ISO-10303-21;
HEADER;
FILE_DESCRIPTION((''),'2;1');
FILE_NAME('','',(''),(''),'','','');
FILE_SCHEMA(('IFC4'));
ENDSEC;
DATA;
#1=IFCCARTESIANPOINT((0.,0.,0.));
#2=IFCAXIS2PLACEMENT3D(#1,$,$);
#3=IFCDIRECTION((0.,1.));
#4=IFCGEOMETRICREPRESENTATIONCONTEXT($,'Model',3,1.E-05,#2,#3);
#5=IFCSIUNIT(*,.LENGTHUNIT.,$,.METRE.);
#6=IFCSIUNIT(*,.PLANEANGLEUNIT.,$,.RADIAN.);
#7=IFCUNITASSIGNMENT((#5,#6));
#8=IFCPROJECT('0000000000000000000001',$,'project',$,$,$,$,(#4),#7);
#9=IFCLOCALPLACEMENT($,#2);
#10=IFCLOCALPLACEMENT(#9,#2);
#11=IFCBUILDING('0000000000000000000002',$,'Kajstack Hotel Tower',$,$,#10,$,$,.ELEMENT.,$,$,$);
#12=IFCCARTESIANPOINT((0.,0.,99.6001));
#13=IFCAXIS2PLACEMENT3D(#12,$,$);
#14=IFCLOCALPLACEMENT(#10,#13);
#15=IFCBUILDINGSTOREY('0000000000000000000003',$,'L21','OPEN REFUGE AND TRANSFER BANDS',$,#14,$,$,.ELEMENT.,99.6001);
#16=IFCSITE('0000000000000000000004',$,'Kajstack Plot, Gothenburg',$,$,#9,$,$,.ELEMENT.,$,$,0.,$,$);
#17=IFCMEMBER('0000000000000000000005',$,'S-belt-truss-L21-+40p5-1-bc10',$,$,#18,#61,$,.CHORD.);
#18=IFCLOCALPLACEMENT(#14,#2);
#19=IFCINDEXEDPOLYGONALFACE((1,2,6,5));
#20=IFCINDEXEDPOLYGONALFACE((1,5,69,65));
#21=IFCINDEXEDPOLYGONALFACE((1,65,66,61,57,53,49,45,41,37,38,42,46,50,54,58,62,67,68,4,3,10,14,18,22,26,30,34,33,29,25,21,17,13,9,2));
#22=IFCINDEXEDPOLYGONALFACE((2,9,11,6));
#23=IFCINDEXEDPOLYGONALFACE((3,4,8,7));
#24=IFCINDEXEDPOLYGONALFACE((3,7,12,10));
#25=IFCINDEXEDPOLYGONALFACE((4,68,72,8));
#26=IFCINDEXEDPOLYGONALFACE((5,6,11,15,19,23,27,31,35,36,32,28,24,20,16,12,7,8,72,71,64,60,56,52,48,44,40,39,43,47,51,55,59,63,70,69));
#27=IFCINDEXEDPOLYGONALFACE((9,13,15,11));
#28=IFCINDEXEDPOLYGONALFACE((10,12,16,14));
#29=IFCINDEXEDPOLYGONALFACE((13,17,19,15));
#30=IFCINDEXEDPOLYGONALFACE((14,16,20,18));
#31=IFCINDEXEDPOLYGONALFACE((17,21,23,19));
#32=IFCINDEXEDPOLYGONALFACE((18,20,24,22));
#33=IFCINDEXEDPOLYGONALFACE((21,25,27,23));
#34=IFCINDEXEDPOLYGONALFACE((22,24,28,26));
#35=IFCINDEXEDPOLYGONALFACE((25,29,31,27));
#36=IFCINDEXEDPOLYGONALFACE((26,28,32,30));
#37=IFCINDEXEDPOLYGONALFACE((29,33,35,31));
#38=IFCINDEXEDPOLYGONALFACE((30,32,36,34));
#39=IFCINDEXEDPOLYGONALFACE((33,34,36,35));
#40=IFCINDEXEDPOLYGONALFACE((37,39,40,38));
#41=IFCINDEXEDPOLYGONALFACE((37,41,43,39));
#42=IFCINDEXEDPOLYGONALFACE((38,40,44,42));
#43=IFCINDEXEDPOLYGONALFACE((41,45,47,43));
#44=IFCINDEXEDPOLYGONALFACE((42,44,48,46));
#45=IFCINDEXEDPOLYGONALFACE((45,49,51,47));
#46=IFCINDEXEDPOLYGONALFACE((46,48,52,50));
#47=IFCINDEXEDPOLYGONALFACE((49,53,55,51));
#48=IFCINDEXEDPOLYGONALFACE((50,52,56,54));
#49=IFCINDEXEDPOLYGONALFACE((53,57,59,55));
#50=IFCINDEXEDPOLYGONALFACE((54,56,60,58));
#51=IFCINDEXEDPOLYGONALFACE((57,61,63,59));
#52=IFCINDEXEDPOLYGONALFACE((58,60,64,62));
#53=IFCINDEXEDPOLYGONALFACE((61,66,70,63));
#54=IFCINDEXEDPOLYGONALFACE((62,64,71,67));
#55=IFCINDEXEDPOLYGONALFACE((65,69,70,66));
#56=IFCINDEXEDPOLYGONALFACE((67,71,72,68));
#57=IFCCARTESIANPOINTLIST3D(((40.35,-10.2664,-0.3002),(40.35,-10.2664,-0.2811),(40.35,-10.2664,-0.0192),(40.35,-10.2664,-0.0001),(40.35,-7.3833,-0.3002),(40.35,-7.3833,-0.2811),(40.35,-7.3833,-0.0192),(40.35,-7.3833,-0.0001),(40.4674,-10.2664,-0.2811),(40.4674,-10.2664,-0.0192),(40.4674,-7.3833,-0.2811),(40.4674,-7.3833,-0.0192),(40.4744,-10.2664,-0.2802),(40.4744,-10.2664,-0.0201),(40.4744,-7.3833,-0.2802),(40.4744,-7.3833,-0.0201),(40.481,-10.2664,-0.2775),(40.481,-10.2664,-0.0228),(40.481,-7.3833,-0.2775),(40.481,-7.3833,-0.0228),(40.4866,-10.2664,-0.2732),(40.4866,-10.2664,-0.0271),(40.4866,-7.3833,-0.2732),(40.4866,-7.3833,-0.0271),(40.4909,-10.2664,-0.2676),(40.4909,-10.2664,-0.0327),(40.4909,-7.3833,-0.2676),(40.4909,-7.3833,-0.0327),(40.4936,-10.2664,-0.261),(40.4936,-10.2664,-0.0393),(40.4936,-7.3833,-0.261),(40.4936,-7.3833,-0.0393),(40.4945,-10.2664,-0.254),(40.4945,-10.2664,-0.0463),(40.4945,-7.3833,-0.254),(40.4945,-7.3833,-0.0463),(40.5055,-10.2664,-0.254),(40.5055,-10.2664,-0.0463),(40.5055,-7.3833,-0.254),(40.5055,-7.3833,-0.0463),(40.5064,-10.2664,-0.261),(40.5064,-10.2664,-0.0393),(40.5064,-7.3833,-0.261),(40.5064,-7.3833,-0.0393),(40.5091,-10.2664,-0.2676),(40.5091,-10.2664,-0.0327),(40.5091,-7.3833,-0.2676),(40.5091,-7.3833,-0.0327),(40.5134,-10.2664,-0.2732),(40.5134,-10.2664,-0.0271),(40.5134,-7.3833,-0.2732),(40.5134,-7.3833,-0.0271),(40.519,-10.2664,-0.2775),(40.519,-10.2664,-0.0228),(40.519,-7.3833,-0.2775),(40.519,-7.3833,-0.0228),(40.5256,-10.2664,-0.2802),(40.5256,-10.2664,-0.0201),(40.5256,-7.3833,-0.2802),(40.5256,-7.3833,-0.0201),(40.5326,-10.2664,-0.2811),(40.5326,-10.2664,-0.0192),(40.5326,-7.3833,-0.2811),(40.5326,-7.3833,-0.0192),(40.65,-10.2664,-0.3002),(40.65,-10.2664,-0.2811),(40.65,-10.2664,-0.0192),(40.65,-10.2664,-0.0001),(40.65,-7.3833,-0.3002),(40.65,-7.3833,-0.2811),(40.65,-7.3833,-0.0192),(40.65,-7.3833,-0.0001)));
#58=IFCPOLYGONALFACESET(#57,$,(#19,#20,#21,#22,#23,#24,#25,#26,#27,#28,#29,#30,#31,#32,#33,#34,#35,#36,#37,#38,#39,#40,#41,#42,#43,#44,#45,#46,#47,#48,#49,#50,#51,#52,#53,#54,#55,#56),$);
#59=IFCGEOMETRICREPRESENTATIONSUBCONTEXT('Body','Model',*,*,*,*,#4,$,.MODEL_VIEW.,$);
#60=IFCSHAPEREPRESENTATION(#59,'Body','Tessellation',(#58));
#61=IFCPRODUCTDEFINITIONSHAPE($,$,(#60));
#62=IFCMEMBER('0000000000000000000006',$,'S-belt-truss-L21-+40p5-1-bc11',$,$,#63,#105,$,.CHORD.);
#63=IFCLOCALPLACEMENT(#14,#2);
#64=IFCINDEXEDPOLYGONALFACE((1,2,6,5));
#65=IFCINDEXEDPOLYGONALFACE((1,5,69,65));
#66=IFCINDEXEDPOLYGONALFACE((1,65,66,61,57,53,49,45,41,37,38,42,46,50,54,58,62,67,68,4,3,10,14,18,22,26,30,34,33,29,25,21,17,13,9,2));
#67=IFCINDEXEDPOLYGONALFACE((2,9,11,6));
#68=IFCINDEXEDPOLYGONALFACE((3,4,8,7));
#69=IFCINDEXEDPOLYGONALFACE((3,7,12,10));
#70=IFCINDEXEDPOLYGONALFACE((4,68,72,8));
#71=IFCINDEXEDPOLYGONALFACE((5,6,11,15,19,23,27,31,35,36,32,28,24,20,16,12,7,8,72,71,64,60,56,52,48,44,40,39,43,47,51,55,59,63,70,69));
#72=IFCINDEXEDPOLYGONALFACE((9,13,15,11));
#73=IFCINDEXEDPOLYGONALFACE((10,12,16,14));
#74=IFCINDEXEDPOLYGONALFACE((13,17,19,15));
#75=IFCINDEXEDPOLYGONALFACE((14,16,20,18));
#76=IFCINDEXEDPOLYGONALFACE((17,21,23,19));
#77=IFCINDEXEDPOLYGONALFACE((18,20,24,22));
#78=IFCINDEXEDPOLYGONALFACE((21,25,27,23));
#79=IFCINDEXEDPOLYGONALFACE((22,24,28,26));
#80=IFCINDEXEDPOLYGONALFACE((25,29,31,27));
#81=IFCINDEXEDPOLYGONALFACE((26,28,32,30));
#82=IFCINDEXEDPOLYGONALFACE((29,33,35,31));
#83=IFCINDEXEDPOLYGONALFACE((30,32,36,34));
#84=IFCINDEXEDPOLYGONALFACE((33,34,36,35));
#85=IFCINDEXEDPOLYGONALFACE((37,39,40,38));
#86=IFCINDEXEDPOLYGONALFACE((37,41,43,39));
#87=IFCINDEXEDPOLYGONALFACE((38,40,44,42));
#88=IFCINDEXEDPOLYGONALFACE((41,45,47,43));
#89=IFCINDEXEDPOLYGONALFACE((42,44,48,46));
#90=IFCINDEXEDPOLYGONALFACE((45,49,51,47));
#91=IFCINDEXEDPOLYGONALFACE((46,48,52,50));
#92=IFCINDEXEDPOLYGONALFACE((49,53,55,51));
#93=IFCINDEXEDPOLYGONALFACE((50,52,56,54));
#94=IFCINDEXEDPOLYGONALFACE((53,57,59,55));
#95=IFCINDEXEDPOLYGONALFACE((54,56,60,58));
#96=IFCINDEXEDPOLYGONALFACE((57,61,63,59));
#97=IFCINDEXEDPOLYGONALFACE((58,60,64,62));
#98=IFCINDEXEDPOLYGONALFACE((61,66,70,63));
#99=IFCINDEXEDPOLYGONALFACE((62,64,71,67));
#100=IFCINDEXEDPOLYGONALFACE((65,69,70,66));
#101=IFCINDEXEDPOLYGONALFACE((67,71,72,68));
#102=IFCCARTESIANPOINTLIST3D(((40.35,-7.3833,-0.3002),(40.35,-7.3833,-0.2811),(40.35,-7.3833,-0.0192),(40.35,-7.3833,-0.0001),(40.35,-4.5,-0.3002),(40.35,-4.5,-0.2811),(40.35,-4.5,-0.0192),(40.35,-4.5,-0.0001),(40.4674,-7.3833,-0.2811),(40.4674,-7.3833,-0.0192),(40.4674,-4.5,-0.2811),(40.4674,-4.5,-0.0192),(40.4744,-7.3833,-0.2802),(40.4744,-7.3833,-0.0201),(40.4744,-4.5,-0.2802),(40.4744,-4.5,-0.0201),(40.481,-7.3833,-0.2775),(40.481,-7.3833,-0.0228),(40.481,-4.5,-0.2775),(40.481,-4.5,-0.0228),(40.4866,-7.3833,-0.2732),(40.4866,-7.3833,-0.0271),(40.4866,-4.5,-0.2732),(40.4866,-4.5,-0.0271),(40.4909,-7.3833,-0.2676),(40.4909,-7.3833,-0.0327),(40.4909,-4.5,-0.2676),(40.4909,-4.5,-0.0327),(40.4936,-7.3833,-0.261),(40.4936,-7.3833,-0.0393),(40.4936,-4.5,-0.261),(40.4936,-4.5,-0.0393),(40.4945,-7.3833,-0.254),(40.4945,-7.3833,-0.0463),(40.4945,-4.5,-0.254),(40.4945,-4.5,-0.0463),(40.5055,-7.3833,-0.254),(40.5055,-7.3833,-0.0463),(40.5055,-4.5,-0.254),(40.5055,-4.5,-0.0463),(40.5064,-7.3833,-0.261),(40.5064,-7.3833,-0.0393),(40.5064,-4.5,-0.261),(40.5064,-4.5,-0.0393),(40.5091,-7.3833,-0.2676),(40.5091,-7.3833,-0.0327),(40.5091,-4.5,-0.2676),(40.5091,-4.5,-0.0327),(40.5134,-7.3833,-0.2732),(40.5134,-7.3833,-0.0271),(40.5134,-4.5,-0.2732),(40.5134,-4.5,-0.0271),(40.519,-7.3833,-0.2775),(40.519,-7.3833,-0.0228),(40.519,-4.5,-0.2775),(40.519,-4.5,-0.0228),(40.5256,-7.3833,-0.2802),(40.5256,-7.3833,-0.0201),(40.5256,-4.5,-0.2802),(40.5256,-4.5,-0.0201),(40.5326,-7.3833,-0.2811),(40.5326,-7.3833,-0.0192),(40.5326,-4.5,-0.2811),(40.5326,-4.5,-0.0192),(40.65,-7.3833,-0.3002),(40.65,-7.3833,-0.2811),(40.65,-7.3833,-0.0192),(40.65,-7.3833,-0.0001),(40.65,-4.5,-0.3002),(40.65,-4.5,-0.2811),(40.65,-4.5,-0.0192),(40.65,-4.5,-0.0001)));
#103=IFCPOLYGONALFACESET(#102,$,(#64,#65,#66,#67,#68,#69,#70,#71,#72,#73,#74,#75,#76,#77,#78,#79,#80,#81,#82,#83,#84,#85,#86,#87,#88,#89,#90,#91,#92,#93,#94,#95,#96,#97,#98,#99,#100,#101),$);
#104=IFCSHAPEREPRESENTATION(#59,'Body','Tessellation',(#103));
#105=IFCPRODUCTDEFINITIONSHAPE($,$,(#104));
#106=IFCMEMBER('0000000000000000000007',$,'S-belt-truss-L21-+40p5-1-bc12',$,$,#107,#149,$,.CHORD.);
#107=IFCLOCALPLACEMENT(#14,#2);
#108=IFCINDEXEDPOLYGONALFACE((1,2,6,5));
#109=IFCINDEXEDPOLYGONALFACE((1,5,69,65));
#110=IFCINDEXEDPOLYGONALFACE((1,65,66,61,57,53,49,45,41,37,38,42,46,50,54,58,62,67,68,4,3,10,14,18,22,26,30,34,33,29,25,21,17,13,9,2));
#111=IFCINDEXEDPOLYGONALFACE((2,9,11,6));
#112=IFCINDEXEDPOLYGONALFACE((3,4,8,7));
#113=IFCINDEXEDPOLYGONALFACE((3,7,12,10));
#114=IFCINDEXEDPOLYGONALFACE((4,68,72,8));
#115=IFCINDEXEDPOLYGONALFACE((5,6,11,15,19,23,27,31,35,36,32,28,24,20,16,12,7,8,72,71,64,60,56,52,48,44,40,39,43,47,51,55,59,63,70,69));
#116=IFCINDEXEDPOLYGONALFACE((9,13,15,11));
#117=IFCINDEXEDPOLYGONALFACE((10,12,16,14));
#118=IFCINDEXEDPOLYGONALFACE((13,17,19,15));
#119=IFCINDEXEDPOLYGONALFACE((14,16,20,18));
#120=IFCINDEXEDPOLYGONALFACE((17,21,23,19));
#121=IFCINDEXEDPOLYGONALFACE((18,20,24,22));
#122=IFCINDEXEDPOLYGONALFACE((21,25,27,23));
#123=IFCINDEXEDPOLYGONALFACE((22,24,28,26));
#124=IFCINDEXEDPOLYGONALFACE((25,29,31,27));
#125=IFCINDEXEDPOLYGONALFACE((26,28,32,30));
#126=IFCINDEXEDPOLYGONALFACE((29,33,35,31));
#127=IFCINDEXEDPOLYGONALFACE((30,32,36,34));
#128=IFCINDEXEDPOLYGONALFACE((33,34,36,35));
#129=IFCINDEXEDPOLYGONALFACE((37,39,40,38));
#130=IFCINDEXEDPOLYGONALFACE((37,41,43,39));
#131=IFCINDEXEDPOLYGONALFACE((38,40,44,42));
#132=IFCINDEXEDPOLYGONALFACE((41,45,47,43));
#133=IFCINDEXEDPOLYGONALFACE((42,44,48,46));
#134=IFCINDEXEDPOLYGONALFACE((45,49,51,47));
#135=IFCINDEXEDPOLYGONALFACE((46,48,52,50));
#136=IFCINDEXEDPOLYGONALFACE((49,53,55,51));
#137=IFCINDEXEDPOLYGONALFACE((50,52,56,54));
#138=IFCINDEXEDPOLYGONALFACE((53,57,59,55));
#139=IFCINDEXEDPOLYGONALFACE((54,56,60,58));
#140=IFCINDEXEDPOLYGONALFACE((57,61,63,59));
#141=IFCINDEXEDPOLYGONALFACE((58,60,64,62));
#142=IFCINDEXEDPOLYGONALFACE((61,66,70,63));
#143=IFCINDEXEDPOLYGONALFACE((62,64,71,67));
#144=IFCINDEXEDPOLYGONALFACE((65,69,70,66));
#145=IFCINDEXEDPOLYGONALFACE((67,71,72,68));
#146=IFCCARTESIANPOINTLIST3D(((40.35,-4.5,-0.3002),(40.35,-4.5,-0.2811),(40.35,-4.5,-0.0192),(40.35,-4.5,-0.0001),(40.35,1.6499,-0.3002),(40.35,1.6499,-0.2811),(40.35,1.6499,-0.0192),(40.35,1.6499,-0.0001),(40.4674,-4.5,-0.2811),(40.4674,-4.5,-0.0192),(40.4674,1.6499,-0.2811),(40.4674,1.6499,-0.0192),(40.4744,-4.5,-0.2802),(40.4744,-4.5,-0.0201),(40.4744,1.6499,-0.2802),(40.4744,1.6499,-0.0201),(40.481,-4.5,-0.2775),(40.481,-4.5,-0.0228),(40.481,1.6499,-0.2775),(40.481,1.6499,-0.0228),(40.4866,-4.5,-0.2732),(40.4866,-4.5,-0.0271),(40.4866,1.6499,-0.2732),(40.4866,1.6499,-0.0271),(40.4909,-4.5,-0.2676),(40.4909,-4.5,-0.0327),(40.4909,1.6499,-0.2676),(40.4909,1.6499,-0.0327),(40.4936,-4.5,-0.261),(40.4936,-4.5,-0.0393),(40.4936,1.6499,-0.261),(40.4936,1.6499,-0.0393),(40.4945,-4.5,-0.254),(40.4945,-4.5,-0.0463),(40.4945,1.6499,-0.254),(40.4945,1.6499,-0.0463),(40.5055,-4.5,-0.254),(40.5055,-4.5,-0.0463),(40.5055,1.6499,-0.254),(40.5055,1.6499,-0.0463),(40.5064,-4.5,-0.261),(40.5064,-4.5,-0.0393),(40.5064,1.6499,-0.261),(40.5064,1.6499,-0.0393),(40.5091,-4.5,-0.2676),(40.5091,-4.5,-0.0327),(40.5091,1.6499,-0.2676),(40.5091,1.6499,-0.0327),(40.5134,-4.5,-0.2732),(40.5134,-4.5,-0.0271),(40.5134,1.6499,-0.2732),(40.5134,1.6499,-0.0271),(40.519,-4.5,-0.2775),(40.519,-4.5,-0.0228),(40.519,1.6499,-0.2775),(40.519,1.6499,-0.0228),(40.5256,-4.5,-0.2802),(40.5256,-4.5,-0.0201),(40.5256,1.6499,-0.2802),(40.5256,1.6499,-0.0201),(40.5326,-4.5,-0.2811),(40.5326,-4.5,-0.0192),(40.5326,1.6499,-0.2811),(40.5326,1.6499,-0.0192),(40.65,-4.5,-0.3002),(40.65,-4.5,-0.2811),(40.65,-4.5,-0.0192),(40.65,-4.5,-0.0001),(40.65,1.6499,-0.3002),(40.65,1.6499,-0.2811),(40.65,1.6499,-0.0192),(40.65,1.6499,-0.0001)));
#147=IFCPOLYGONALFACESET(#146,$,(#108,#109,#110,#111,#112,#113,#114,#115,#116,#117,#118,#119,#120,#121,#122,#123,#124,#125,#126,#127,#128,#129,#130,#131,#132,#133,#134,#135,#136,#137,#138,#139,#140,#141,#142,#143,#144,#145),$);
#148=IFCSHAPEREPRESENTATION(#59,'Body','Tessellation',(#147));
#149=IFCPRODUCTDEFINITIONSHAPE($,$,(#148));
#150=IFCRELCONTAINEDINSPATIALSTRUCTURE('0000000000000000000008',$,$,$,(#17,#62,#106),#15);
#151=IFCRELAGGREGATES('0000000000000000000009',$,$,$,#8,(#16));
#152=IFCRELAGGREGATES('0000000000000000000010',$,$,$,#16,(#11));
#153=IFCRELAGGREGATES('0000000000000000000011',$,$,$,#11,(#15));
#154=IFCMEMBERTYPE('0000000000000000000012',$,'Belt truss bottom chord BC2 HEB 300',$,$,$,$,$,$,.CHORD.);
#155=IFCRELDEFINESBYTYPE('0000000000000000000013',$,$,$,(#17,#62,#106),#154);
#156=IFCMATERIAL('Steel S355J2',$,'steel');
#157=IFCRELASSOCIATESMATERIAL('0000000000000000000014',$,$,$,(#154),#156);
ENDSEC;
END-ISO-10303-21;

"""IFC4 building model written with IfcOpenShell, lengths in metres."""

from ifc_helpers import new_model, si_unit, direction, frame, origin, origin_2d, place, context, subcontext, project, spatial, i_section, extrude, material, material_profile, profile_set, type_object, element, save


model = new_model("IFC4")

# Units and contexts
model_context = context("Model", 3, precision=1e-05, world=origin(), true_north=direction((0.0, 1.0)))
body_context = subcontext(model_context, "Body", "Model", "MODEL_VIEW")
ifc_project = project(units=[si_unit("LENGTHUNIT", "METRE"), si_unit("PLANEANGLEUNIT", "RADIAN")], contexts=[model_context])

# Site, building, storey
site_placement = place(None, origin())
site = spatial("IfcSite", under=ifc_project, at=site_placement, Name="Kajstack Plot, Gothenburg", CompositionType="ELEMENT", RefElevation=0.0)
building_placement = place(site_placement, origin())
building = spatial("IfcBuilding", under=site, at=building_placement, Name="Kajstack Hotel Tower", CompositionType="ELEMENT")
storey_placement = place(building_placement, frame((0.0, 0.0, 99.6001)))
storey = spatial("IfcBuildingStorey", under=building, at=storey_placement, Name="L21", Description="OPEN REFUGE AND TRANSFER BANDS", CompositionType="ELEMENT", Elevation=99.6001)

# Members
ifc_material = material(Name="Steel S355J2", Category="steel")
ifc_material_profile_1 = material_profile(ifc_material, i_section(OverallWidth=0.3, OverallDepth=0.3, WebThickness=0.011, FlangeThickness=0.019, FilletRadius=0.0271, at=origin_2d()), Name="HEB 300")
ifc_profile_set_1 = profile_set([ifc_material_profile_1], Name="Steel S355J2")
member_type_1 = type_object("IfcMemberType", Name="Belt truss bottom chord BC2 HEB 300", PredefinedType="CHORD", material=ifc_profile_set_1)
member_1_placement = place(storey_placement, frame((40.5, -10.2664, -0.1501), z_axis=(0.0, 1.0, 0.0), x_axis=(-1.0, 0.0, 0.0)))
element("IfcMember", 1, at=member_1_placement, inside=storey, type_object=member_type_1, Name="S-belt-truss-L21-+40p5-1-bc10", PredefinedType="CHORD", context=body_context, shape_type="SweptSolid", body=[
    extrude(i_section(OverallWidth=0.3, OverallDepth=0.3, WebThickness=0.011, FlangeThickness=0.019, FilletRadius=0.0271, at=origin_2d()), origin(), (0.0, 0.0, 1.0), 2.8831),
])
member_2_placement = place(storey_placement, frame((40.5, -7.3833, -0.1501), z_axis=(0.0, 1.0, 0.0), x_axis=(-1.0, 0.0, 0.0)))
element("IfcMember", 2, at=member_2_placement, inside=storey, type_object=member_type_1, Name="S-belt-truss-L21-+40p5-1-bc11", PredefinedType="CHORD", context=body_context, shape_type="SweptSolid", body=[
    extrude(i_section(OverallWidth=0.3, OverallDepth=0.3, WebThickness=0.011, FlangeThickness=0.019, FilletRadius=0.0271, at=origin_2d()), origin(), (0.0, 0.0, 1.0), 2.8833),
])
member_3_placement = place(storey_placement, frame((40.5, -4.5, -0.1501), z_axis=(0.0, 1.0, 0.0), x_axis=(-1.0, 0.0, 0.0)))
element("IfcMember", 3, at=member_3_placement, inside=storey, type_object=member_type_1, Name="S-belt-truss-L21-+40p5-1-bc12", PredefinedType="CHORD", context=body_context, shape_type="SweptSolid", body=[
    extrude(i_section(OverallWidth=0.3, OverallDepth=0.3, WebThickness=0.011, FlangeThickness=0.019, FilletRadius=0.0271, at=origin_2d()), origin(), (0.0, 0.0, 1.0), 6.1499),
])

save(model, "model.ifc")
